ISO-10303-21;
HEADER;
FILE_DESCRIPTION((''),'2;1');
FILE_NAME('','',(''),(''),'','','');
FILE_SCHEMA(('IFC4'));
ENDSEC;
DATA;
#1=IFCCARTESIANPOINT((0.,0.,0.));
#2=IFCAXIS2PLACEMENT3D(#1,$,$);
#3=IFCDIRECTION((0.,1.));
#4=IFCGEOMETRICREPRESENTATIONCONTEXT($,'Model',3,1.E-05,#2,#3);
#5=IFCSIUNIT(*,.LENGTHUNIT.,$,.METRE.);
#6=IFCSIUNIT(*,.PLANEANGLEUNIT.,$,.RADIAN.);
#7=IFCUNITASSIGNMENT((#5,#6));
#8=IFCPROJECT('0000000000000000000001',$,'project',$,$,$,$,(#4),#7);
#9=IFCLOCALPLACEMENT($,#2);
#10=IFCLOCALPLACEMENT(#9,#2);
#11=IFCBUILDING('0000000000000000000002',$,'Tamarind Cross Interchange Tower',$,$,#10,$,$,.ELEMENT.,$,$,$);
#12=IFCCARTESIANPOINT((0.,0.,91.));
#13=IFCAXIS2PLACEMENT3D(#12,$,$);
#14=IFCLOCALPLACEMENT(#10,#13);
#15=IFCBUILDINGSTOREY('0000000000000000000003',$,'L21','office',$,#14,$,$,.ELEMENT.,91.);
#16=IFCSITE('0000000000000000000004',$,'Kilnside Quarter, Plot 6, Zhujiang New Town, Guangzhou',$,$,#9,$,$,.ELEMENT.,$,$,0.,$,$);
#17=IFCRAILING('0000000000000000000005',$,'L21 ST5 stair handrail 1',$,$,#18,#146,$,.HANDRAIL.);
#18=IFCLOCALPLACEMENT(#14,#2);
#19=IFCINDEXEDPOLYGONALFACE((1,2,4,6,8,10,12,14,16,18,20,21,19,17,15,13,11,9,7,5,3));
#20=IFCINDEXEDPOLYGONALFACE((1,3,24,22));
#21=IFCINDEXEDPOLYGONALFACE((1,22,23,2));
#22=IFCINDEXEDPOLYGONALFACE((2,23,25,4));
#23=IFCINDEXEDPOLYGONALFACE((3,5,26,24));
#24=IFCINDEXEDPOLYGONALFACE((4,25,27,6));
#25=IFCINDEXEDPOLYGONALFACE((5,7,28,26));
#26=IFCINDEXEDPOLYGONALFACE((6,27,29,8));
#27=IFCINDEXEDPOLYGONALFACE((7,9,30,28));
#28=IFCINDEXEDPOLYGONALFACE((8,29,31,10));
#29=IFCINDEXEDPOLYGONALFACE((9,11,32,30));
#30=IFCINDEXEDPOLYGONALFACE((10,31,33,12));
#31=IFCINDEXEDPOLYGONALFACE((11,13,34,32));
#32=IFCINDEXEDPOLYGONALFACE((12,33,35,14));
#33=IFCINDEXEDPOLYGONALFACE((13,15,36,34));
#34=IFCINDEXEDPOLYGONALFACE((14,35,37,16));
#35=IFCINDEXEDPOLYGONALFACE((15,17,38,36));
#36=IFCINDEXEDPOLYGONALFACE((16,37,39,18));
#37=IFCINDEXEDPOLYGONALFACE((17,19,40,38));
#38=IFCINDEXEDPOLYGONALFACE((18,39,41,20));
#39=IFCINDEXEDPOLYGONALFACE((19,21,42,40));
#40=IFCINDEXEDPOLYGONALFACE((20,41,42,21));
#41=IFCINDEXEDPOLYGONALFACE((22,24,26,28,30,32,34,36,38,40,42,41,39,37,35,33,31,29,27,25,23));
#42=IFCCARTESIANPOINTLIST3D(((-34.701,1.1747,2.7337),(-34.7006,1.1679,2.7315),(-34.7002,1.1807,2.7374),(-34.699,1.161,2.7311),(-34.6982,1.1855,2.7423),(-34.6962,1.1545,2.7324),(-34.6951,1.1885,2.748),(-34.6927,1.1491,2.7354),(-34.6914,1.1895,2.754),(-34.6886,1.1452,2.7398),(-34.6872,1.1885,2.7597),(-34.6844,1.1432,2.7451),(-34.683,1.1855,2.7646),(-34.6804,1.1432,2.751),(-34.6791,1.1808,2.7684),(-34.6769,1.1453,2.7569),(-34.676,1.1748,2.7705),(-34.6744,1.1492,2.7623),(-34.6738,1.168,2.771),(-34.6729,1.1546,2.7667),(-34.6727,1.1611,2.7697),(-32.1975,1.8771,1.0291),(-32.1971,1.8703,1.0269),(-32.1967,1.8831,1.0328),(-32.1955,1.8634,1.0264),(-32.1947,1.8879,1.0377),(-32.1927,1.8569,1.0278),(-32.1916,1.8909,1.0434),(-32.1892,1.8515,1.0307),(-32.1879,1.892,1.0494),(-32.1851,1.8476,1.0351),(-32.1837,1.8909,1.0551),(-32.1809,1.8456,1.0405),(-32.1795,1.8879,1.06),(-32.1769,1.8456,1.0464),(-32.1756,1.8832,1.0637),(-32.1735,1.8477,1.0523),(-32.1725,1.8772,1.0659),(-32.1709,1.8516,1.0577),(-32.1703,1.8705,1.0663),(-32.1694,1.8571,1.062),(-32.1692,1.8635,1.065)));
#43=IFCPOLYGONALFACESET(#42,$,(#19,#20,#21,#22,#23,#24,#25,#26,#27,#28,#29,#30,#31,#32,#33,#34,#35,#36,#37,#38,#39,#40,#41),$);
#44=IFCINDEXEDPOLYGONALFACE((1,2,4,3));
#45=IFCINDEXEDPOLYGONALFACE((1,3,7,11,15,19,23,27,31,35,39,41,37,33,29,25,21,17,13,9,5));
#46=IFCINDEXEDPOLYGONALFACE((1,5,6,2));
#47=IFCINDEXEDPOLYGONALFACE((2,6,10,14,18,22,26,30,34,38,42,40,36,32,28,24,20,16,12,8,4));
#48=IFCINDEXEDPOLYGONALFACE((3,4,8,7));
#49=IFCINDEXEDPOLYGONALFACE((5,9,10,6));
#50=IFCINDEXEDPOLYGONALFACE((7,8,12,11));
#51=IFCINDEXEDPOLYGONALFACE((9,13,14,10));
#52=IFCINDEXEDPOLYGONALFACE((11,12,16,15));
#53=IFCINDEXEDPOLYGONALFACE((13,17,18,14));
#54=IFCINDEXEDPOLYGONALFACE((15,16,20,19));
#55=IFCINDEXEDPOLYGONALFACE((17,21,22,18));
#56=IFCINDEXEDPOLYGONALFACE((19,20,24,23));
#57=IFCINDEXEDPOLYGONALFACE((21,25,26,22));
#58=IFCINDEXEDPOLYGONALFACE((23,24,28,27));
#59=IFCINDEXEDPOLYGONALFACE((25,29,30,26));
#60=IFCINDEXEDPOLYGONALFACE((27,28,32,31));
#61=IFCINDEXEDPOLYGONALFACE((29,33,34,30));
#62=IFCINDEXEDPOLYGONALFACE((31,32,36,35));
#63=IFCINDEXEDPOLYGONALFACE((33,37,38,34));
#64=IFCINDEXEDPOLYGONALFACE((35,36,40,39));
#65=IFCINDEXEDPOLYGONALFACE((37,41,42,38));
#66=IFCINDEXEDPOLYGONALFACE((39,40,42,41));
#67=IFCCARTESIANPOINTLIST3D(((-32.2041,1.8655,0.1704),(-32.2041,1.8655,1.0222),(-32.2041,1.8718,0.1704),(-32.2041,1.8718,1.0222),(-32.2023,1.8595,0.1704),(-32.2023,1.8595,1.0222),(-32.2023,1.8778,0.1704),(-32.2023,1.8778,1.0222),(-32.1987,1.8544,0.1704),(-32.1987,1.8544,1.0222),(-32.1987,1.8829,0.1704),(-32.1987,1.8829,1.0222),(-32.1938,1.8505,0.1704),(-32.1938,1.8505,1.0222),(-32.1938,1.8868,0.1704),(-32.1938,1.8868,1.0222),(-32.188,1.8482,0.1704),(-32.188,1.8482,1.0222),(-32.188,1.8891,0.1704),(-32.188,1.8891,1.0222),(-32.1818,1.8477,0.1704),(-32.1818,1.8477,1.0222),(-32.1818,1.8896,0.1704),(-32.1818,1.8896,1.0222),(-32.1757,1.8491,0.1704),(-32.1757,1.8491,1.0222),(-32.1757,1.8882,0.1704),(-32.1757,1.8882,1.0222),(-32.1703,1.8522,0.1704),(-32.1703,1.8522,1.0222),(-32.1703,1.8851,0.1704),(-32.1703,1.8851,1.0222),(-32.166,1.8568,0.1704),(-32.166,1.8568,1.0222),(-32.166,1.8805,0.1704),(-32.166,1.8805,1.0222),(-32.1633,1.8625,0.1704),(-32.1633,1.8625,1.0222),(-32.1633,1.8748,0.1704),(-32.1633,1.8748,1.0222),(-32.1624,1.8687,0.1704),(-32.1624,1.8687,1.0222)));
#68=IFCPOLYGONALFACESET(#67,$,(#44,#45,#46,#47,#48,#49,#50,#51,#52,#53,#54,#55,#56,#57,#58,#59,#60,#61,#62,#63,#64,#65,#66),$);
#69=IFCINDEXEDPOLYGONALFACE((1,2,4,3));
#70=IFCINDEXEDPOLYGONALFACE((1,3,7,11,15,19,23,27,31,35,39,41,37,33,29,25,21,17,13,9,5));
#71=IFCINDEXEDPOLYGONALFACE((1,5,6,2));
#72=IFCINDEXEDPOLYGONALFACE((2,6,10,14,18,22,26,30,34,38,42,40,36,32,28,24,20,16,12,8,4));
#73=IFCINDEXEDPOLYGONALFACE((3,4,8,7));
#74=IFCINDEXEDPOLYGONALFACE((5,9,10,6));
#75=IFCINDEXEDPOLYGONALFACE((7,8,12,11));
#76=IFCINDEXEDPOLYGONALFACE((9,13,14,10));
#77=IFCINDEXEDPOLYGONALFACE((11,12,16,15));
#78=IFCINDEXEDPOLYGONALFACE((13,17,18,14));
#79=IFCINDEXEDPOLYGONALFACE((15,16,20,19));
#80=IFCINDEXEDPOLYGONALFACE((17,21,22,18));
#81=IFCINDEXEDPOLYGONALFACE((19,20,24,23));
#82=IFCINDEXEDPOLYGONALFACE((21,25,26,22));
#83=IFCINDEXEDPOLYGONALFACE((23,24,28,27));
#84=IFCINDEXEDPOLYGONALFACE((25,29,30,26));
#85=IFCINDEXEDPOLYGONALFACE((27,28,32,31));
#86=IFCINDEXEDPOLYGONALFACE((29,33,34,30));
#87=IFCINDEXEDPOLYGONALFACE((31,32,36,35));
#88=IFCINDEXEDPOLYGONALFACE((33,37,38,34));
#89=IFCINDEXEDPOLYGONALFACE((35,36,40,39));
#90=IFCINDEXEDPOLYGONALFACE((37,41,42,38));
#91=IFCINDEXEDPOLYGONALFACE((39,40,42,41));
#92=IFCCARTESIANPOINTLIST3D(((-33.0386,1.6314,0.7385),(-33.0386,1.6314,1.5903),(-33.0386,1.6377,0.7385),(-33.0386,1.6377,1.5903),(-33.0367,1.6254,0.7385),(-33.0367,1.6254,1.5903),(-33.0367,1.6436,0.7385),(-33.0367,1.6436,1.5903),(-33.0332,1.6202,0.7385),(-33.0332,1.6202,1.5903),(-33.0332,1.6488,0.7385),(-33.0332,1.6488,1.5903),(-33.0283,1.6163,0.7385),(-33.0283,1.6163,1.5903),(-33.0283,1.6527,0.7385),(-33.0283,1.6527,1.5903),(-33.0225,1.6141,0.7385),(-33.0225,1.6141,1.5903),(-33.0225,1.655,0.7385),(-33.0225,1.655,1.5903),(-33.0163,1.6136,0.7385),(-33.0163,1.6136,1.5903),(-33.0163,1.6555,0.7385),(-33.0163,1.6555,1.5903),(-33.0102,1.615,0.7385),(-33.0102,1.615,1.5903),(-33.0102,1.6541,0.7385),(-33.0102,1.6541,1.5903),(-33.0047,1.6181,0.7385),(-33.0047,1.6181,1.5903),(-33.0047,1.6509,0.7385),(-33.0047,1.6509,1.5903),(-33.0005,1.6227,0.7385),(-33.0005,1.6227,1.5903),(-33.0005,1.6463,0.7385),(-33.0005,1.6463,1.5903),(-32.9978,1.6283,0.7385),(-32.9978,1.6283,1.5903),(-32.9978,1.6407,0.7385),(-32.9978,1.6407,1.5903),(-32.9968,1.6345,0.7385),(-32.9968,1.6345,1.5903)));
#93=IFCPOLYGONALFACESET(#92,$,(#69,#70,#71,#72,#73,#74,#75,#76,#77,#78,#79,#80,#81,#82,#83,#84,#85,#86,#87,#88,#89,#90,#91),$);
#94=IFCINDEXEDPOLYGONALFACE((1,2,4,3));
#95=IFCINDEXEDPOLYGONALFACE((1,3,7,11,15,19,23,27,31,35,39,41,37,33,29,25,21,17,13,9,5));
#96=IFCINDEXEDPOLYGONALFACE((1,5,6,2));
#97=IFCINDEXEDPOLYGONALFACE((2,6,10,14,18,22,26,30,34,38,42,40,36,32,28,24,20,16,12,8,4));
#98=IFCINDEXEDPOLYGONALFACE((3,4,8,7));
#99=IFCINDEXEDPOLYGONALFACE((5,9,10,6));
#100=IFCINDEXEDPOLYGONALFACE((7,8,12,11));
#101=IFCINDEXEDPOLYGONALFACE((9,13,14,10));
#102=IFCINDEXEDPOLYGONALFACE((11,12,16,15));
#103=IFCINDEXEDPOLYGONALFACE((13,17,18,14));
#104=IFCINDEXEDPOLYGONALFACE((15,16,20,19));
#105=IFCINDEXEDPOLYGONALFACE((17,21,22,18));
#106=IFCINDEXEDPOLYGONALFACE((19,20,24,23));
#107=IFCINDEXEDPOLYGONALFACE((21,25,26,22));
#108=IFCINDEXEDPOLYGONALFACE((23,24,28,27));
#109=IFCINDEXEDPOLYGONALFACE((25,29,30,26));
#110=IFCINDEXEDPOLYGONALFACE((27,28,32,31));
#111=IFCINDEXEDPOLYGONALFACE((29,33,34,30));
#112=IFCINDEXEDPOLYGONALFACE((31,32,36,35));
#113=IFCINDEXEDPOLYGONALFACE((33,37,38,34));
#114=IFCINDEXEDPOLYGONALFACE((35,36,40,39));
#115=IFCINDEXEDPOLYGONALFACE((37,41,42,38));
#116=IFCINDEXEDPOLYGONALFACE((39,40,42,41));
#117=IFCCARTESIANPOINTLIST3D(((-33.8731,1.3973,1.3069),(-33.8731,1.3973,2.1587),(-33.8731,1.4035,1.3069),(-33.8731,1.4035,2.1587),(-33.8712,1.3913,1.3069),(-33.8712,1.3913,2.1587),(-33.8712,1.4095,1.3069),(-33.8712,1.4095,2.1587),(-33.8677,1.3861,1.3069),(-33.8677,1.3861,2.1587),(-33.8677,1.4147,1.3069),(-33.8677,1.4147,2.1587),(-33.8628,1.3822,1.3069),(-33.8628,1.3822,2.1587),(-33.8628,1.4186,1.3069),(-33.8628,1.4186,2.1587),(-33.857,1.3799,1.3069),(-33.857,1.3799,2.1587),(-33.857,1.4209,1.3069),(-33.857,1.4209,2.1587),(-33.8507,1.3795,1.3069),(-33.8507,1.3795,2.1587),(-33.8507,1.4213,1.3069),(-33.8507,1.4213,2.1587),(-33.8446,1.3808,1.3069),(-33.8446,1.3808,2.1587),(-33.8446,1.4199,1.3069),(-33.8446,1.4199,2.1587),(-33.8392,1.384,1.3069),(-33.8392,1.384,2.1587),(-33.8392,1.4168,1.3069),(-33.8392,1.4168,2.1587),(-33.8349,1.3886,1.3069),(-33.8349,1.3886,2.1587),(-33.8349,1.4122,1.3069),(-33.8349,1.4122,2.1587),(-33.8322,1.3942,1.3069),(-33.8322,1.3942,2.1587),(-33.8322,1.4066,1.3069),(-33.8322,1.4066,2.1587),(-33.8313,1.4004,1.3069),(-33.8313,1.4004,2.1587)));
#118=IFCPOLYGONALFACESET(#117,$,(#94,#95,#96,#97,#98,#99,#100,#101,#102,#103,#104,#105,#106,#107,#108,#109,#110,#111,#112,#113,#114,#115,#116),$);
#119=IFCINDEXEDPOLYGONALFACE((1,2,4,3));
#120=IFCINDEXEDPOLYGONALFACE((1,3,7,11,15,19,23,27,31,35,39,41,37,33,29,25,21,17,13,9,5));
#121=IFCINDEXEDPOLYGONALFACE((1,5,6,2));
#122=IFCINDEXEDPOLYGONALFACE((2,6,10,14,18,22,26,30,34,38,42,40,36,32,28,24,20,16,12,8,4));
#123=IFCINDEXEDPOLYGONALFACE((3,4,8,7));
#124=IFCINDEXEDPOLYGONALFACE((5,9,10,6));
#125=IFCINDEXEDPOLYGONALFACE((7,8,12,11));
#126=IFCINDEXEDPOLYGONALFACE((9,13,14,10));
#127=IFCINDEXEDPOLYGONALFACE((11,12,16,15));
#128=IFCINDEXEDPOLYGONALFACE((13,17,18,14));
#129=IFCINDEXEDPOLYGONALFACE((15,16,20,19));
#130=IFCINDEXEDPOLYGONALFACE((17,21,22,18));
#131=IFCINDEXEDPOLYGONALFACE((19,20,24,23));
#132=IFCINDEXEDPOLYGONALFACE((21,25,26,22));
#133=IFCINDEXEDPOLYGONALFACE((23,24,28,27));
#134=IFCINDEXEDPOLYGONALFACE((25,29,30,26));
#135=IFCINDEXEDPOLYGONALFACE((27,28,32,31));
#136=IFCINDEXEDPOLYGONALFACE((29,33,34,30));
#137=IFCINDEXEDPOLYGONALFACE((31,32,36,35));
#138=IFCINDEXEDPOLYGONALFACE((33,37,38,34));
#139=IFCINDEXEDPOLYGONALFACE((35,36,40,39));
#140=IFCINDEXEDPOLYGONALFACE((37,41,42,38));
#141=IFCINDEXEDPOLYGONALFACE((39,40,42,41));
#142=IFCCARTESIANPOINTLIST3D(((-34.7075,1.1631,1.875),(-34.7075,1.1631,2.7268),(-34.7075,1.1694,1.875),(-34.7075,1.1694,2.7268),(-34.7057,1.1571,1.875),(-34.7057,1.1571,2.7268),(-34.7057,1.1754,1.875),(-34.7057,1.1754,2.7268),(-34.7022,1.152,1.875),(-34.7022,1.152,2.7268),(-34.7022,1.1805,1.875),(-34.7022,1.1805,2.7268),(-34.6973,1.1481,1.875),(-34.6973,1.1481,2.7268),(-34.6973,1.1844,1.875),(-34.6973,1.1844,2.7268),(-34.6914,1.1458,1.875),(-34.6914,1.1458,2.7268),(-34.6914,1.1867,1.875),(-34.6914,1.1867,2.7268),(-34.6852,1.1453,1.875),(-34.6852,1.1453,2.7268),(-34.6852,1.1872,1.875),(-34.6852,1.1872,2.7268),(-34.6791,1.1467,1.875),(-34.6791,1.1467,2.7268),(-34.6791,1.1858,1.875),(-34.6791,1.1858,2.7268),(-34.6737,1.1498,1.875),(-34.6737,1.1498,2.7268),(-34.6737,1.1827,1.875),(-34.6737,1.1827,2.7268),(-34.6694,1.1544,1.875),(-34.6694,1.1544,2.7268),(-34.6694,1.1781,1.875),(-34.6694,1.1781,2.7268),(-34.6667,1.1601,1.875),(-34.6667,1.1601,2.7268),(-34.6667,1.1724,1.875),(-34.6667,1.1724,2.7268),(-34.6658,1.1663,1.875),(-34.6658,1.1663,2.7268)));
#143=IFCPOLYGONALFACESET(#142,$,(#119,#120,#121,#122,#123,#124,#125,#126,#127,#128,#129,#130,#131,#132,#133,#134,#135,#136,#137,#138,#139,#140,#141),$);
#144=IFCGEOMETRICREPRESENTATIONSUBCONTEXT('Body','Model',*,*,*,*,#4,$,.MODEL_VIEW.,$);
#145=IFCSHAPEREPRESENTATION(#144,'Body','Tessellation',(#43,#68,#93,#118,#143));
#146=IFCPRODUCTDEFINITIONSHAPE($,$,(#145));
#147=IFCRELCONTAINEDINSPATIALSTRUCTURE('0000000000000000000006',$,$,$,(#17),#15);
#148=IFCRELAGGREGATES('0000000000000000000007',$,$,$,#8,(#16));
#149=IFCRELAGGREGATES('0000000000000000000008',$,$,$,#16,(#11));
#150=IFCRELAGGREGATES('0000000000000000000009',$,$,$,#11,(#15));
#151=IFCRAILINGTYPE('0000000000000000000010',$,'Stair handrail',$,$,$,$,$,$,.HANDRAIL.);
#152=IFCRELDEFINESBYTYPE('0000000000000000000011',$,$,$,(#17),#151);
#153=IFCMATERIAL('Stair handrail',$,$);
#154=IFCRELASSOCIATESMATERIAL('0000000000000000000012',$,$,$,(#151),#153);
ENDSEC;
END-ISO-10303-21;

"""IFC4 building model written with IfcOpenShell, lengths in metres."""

from ifc_helpers import new_model, si_unit, direction, frame, origin, origin_2d, place, context, subcontext, project, spatial, circle, extrude, material, type_object, element, save


model = new_model("IFC4")

# Units and contexts
model_context = context("Model", 3, precision=1e-05, world=origin(), true_north=direction((0.0, 1.0)))
body_context = subcontext(model_context, "Body", "Model", "MODEL_VIEW")
ifc_project = project(units=[si_unit("LENGTHUNIT", "METRE"), si_unit("PLANEANGLEUNIT", "RADIAN")], contexts=[model_context])

# Site, building, storey
site_placement = place(None, origin())
site = spatial("IfcSite", under=ifc_project, at=site_placement, Name="Kilnside Quarter, Plot 6, Zhujiang New Town, Guangzhou", CompositionType="ELEMENT", RefElevation=0.0)
building_placement = place(site_placement, origin())
building = spatial("IfcBuilding", under=site, at=building_placement, Name="Tamarind Cross Interchange Tower", CompositionType="ELEMENT")
storey_placement = place(building_placement, frame((0.0, 0.0, 91.0)))
storey = spatial("IfcBuildingStorey", under=building, at=storey_placement, Name="L21", Description="office", CompositionType="ELEMENT", Elevation=91.0)

# Railing
ifc_material_1 = material(Name="Stair handrail")
railing_type_1 = type_object("IfcRailingType", Name="Stair handrail", PredefinedType="HANDRAIL", material=ifc_material_1)
railing_1_placement = place(storey_placement, frame((-32.1833, 1.8687, 0.1704)))
element("IfcRailing", 1, at=railing_1_placement, inside=storey, type_object=railing_type_1, Name="L21 ST5 stair handrail 1", PredefinedType="HANDRAIL", context=body_context, shape_type="SweptSolid", body=[
    extrude(circle(Radius=0.0239, at=origin_2d()), frame((0.0, 0.0, 0.876), z_axis=(-0.805208, -0.22592, 0.54827), x_axis=(0.270142, -0.962821, 0.0)), (0.0, 0.0, 1.0), 3.1091),
    extrude(circle(Radius=0.021, at=origin_2d()), origin(), (0.0, 0.0, 1.0), 0.8518),
    extrude(circle(Radius=0.021, at=origin_2d()), frame((-0.8345, -0.2341, 0.5681)), (0.0, 0.0, 1.0), 0.8518),
    extrude(circle(Radius=0.021, at=origin_2d()), frame((-1.6689, -0.4683, 1.1365)), (0.0, 0.0, 1.0), 0.8518),
    extrude(circle(Radius=0.021, at=origin_2d()), frame((-2.5034, -0.7024, 1.7046)), (0.0, 0.0, 1.0), 0.8518),
])

save(model, "model.ifc")
